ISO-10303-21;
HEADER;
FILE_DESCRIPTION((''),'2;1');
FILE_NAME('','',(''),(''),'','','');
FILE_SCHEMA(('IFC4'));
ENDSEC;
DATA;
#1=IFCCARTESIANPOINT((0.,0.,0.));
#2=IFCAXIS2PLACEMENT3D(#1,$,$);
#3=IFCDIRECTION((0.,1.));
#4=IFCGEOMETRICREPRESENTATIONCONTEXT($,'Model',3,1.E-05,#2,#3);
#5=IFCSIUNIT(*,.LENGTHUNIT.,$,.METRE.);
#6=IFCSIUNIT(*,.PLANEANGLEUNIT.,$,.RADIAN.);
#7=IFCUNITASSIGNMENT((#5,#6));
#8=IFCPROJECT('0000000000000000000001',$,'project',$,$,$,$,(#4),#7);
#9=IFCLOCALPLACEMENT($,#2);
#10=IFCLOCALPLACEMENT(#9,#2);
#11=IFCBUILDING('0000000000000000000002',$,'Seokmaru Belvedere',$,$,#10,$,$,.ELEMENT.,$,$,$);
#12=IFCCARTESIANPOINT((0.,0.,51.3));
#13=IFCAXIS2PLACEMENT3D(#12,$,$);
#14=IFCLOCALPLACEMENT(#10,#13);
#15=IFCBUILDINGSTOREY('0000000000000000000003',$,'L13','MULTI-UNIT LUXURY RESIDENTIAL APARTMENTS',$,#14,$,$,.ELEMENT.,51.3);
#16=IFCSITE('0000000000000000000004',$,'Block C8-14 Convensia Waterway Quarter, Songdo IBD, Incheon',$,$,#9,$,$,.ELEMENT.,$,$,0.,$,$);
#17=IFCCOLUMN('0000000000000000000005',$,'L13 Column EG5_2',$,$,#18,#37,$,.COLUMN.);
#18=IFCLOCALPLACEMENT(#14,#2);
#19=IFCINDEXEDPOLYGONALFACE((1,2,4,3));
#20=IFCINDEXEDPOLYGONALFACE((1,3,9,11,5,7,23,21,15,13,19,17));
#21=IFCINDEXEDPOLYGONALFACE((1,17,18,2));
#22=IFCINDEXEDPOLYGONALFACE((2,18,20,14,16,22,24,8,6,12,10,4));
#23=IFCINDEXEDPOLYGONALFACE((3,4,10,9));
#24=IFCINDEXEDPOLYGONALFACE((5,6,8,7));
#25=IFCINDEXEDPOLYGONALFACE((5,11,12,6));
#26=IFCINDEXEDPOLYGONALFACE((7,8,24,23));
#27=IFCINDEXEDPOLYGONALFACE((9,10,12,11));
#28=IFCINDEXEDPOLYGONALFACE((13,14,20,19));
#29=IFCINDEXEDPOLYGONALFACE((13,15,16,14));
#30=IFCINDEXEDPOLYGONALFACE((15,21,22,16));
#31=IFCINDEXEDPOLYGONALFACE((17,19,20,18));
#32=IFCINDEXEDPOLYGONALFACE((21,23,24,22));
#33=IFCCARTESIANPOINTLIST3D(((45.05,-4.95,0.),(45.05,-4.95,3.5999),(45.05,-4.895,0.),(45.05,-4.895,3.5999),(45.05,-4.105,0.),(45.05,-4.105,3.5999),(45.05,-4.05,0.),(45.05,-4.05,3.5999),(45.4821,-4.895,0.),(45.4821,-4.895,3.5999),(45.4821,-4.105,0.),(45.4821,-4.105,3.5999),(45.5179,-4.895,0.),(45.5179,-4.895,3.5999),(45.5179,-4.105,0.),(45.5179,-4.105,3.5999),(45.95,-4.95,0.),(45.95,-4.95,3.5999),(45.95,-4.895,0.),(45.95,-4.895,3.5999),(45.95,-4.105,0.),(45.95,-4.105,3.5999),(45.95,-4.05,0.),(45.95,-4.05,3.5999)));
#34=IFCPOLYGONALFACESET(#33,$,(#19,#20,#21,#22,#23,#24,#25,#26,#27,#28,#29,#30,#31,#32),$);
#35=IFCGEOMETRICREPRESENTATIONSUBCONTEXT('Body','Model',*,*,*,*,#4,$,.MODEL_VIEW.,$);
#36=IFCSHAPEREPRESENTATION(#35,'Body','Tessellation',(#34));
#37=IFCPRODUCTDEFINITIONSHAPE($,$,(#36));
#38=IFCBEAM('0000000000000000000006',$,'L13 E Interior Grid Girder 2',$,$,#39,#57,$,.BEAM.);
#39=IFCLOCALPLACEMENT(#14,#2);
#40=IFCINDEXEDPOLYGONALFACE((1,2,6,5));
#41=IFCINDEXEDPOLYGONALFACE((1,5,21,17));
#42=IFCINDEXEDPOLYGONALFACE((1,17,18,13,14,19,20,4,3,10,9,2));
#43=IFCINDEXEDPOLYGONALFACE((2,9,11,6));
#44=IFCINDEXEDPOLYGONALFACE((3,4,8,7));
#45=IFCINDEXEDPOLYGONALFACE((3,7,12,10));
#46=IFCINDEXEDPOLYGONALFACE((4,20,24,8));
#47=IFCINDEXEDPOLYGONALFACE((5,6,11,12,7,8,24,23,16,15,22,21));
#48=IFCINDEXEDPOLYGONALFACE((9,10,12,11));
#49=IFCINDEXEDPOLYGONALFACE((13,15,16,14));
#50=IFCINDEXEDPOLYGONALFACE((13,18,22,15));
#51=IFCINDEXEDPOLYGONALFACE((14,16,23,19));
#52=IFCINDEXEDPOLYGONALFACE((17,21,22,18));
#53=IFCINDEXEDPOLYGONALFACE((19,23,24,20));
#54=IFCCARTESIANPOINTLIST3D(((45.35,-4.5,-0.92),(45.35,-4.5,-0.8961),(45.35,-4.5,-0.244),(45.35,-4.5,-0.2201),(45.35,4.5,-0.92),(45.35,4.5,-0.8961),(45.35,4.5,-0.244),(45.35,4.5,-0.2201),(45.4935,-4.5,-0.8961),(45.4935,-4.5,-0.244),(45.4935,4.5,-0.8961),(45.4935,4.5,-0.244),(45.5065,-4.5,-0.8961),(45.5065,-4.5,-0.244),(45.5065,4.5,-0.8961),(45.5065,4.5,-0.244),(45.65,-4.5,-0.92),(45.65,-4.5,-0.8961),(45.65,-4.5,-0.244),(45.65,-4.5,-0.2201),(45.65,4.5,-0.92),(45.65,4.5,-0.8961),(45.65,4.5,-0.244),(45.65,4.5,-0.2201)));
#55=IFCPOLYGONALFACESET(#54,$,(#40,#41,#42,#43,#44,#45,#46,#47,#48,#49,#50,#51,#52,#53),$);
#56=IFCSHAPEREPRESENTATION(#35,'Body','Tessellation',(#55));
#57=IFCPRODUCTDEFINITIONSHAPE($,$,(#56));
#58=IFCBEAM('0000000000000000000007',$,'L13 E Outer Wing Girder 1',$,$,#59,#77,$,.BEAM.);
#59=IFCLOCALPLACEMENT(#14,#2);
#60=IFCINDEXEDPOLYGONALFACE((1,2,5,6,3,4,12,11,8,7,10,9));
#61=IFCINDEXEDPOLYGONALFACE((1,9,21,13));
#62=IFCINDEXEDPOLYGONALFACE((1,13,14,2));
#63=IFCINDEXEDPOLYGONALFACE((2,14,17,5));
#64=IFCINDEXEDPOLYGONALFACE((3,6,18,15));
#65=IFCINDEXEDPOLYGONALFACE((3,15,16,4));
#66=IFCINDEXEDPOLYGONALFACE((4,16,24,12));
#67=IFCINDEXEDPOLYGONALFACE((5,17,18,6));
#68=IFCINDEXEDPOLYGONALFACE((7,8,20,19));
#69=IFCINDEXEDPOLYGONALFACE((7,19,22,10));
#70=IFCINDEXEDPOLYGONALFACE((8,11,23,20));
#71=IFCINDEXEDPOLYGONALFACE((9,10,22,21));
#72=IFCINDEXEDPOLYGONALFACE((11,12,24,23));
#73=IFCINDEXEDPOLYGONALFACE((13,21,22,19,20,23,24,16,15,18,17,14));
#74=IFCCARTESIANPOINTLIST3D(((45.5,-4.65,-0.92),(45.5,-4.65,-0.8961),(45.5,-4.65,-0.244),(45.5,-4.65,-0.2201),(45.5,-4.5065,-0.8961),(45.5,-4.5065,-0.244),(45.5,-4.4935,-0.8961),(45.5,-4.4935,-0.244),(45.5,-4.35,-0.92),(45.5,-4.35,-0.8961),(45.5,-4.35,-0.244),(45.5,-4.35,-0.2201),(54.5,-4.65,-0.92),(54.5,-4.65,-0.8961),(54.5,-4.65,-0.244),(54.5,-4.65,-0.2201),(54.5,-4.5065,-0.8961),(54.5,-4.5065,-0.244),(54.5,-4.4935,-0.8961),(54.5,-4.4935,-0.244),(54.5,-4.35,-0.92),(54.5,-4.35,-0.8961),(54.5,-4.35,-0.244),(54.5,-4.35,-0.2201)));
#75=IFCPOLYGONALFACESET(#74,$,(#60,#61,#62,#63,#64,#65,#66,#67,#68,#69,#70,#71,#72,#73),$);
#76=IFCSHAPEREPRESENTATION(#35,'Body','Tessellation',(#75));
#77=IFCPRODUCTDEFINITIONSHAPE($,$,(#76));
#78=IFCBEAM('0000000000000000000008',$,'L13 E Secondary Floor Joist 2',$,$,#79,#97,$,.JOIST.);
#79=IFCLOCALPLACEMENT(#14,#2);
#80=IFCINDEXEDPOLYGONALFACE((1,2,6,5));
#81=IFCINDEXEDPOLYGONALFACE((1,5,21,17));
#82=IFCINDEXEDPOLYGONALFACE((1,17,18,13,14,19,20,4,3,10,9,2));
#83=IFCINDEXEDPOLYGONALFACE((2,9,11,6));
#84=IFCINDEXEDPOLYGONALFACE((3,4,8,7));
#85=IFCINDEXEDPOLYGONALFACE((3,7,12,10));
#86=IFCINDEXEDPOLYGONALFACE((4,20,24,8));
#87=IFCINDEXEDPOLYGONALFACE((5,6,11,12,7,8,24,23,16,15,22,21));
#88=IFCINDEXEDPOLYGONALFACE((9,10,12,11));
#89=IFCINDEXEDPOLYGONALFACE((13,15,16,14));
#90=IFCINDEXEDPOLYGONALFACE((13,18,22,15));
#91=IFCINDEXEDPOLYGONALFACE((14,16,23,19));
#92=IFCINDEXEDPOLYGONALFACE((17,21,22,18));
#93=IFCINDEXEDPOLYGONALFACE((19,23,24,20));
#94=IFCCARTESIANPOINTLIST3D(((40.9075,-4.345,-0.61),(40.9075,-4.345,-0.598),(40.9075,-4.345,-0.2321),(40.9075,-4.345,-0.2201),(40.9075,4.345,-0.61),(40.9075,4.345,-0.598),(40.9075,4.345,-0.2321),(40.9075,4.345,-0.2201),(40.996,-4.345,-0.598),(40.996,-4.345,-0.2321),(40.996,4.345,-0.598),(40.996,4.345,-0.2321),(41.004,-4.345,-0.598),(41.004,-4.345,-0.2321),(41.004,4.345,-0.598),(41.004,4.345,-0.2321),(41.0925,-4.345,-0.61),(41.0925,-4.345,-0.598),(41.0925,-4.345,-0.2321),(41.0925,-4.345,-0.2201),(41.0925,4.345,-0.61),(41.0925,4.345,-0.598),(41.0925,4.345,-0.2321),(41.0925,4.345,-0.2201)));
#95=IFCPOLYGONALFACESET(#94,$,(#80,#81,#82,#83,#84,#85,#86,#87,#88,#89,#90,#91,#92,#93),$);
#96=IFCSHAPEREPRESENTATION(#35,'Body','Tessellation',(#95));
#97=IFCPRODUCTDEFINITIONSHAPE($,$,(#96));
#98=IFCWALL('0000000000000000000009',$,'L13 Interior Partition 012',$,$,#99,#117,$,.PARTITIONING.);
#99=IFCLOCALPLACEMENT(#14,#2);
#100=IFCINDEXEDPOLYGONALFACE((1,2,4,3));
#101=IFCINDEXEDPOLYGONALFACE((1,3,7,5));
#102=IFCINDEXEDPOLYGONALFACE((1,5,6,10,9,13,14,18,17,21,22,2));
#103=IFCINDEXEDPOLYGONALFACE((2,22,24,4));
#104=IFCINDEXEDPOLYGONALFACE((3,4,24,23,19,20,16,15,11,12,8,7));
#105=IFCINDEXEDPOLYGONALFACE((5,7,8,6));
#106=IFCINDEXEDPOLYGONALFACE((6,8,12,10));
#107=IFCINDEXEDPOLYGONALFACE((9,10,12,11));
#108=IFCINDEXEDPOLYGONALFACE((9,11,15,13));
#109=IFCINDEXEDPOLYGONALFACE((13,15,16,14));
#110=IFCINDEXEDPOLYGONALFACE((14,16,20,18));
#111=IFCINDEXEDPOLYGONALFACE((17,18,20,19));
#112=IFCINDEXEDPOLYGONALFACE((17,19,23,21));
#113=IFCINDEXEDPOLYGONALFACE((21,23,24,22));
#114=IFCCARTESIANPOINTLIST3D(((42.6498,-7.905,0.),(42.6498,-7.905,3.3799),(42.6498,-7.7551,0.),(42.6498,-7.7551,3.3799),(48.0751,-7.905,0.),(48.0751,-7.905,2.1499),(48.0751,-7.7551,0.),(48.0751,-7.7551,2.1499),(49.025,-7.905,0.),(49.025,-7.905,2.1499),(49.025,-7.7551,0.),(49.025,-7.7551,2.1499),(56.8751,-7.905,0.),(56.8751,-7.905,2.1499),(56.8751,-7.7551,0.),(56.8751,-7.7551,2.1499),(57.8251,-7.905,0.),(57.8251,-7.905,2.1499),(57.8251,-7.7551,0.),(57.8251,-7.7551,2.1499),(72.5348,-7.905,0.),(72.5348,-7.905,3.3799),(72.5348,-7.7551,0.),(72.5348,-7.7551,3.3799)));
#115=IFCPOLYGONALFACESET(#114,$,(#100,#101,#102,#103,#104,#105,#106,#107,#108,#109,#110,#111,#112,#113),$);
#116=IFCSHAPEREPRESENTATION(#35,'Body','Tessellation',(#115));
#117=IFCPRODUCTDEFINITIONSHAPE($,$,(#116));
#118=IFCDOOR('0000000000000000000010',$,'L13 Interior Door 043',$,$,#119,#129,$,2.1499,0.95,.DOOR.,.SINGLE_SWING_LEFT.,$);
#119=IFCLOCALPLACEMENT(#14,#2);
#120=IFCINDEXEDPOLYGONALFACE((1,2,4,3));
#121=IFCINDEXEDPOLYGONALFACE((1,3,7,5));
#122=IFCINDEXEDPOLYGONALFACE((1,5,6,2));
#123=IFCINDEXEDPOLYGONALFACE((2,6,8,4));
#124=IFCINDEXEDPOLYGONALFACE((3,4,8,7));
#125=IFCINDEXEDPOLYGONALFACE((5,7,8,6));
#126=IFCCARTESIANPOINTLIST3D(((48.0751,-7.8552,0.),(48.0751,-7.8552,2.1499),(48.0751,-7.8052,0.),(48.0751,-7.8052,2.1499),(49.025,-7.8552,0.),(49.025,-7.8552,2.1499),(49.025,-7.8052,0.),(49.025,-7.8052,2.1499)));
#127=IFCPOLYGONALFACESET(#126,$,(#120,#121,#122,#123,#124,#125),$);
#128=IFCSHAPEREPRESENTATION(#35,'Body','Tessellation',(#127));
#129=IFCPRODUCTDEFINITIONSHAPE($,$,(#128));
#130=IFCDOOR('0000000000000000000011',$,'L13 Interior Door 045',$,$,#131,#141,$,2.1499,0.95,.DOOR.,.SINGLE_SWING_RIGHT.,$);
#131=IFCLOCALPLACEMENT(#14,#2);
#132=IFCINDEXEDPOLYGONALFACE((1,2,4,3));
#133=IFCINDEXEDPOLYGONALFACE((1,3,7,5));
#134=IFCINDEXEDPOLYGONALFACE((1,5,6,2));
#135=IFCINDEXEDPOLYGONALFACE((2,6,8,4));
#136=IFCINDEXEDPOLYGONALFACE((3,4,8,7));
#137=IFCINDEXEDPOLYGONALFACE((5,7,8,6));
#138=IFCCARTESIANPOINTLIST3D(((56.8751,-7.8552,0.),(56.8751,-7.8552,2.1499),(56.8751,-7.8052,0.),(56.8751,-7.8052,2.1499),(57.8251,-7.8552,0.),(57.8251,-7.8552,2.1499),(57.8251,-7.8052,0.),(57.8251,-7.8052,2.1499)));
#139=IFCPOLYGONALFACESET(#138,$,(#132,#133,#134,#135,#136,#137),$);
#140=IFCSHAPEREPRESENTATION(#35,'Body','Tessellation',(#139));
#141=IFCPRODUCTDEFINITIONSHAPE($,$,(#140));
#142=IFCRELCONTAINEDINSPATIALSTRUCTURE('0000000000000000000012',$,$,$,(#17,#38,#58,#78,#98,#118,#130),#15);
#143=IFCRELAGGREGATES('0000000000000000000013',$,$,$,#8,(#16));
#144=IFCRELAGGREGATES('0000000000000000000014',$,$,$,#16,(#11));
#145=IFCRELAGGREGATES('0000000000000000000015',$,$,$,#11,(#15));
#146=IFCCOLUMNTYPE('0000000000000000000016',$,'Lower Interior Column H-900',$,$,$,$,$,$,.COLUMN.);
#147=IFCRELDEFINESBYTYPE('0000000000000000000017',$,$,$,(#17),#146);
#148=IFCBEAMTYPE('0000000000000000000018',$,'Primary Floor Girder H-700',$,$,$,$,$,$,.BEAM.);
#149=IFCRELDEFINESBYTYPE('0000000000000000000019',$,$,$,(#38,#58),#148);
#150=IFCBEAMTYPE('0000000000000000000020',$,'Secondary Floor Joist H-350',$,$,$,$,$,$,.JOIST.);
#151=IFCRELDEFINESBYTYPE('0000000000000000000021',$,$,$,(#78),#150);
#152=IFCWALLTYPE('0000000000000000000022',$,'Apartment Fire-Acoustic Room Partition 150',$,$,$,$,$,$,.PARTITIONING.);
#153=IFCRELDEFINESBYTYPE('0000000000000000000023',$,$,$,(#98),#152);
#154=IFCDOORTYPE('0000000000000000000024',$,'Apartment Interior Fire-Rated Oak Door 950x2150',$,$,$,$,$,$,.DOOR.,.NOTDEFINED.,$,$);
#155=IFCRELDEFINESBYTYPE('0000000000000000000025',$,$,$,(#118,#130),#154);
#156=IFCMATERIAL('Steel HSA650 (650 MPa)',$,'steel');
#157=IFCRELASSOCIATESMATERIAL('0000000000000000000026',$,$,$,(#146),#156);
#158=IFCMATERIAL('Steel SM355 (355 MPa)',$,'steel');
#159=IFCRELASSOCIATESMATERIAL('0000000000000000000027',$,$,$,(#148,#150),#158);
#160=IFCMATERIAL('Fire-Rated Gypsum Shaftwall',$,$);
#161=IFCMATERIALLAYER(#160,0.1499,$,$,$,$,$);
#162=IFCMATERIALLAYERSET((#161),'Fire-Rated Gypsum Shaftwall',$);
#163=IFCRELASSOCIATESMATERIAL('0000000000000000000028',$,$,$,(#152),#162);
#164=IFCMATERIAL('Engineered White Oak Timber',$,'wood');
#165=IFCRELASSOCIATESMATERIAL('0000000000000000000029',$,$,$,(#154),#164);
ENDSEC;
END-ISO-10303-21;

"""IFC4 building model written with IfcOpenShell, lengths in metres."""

from ifc_helpers import new_model, si_unit, direction, frame, frame_2d, origin, origin_2d, place, context, subcontext, project, spatial, rectangle, i_section, extrude, source, transform, mapped, material, layer, layer_set, material_profile, profile_set, type_object, type_shapes, element, fill, save


model = new_model("IFC4")

# Units and contexts
model_context = context("Model", 3, precision=1e-05, world=origin(), true_north=direction((0.0, 1.0)))
body_context = subcontext(model_context, "Body", "Model", "MODEL_VIEW")
ifc_project = project(units=[si_unit("LENGTHUNIT", "METRE"), si_unit("PLANEANGLEUNIT", "RADIAN")], contexts=[model_context])

# Site, building, storey
site_placement = place(None, origin())
site = spatial("IfcSite", under=ifc_project, at=site_placement, Name="Block C8-14 Convensia Waterway Quarter, Songdo IBD, Incheon", CompositionType="ELEMENT", RefElevation=0.0)
building_placement = place(site_placement, origin())
building = spatial("IfcBuilding", under=site, at=building_placement, Name="Seokmaru Belvedere", CompositionType="ELEMENT")
storey_placement = place(building_placement, frame((0.0, 0.0, 51.3)))
storey = spatial("IfcBuildingStorey", under=building, at=storey_placement, Name="L13", Description="MULTI-UNIT LUXURY RESIDENTIAL APARTMENTS", CompositionType="ELEMENT", Elevation=51.3)

# Column
ifc_material_1 = material(Name="Steel HSA650 (650 MPa)", Category="steel")
ifc_material_profile_1 = material_profile(ifc_material_1, i_section(OverallWidth=0.8999, OverallDepth=0.8999, WebThickness=0.0359, FlangeThickness=0.0549, at=origin_2d()), Name="H-900x900x36x55")
ifc_profile_set_1 = profile_set([ifc_material_profile_1], Name="Steel HSA650 (650 MPa)")
column_type = type_object("IfcColumnType", Name="Lower Interior Column H-900", PredefinedType="COLUMN", material=ifc_profile_set_1)
shared_shape_1 = source(origin(), body_context, "Body", "SweptSolid", [
    extrude(i_section(OverallWidth=0.8999, OverallDepth=0.8999, WebThickness=0.0359, FlangeThickness=0.0549, at=origin_2d()), origin(), (0.0, 0.0, 1.0), 3.5999),
])
type_shapes(column_type, [shared_shape_1])
column_placement = place(storey_placement, frame((45.5, -4.5, 0.0), z_axis=(0.0, 0.0, 1.0), x_axis=(1.0, 0.0, 0.0)))
element("IfcColumn", 1, at=column_placement, inside=storey, type_object=column_type, Name="L13 Column EG5_2", PredefinedType="COLUMN", context=body_context, shape_type="MappedRepresentation", body=[
    mapped(shared_shape_1, transform((0.0, 0.0, 0.0), scale=1.0)),
])

# Beams
ifc_material_2 = material(Name="Steel SM355 (355 MPa)", Category="steel")
ifc_material_profile_2 = material_profile(ifc_material_2, i_section(OverallWidth=0.3, OverallDepth=0.7, WebThickness=0.0129, FlangeThickness=0.0239, at=origin_2d()), Name="H-700x300x13x24")
ifc_profile_set_2 = profile_set([ifc_material_profile_2], Name="Steel SM355 (355 MPa)")
beam_type_1 = type_object("IfcBeamType", Name="Primary Floor Girder H-700", PredefinedType="BEAM", material=ifc_profile_set_2)
shared_shape_2 = source(origin(), body_context, "Body", "SweptSolid", [
    extrude(i_section(OverallWidth=0.3, OverallDepth=0.7, WebThickness=0.0129, FlangeThickness=0.0239, at=origin_2d()), origin(), (0.0, 0.0, 1.0), 9.0),
])
type_shapes(beam_type_1, [shared_shape_2])
for number, where, z_axis, x_axis, name in (
    (2, (45.5, -4.5, -0.5701), (0.0, 1.0, 0.0), (-1.0, 0.0, 0.0), "L13 E Interior Grid Girder 2"),
    (3, (45.5, -4.5, -0.5701), (1.0, 0.0, 0.0), (0.0, 1.0, 0.0), "L13 E Outer Wing Girder 1"),
):
    element("IfcBeam", number, at=place(storey_placement, frame(where, z_axis=z_axis, x_axis=x_axis)), inside=storey, type_object=beam_type_1, Name=name, PredefinedType="BEAM", context=body_context, shape_type="MappedRepresentation", body=[
        mapped(shared_shape_2, transform((0.0, 0.0, 0.0), scale=1.0)),
    ])
ifc_material_profile_3 = material_profile(ifc_material_2, i_section(OverallWidth=0.1851, OverallDepth=0.3899, WebThickness=0.0081, FlangeThickness=0.012, at=origin_2d()), Name="H-390x185x8x12")
ifc_profile_set_3 = profile_set([ifc_material_profile_3], Name="Steel SM355 (355 MPa)")
beam_type_2 = type_object("IfcBeamType", Name="Secondary Floor Joist H-350", PredefinedType="JOIST", material=ifc_profile_set_3)
shared_shape_3 = source(origin(), body_context, "Body", "SweptSolid", [
    extrude(i_section(OverallWidth=0.1851, OverallDepth=0.3899, WebThickness=0.0081, FlangeThickness=0.012, at=origin_2d()), origin(), (0.0, 0.0, 1.0), 8.6899),
])
type_shapes(beam_type_2, [shared_shape_3])
beam_placement = place(storey_placement, frame((41.0, -4.345, -0.415), z_axis=(0.0, 1.0, 0.0), x_axis=(-1.0, 0.0, 0.0)))
element("IfcBeam", 4, at=beam_placement, inside=storey, type_object=beam_type_2, Name="L13 E Secondary Floor Joist 2", PredefinedType="JOIST", context=body_context, shape_type="MappedRepresentation", body=[
    mapped(shared_shape_3, transform((0.0, 0.0, 0.0), scale=1.0)),
])

# Wall, openings, doors
ifc_material_3 = material(Name="Fire-Rated Gypsum Shaftwall")
ifc_layer_1 = layer(ifc_material_3, 0.1499)
ifc_layer_set_1 = layer_set([ifc_layer_1], Name="Fire-Rated Gypsum Shaftwall")
wall_type_1 = type_object("IfcWallType", Name="Apartment Fire-Acoustic Room Partition 150", PredefinedType="PARTITIONING", material=ifc_layer_set_1)
wall_1_placement = place(storey_placement, frame((42.6499, -7.8301, 0.0), z_axis=(0.0, 0.0, 1.0), x_axis=(1.0, 0.0, 0.0)))
wall_1 = element("IfcWall", 5, at=wall_1_placement, inside=storey, type_object=wall_type_1, Name="L13 Interior Partition 012", PredefinedType="PARTITIONING", context=body_context, shape_type="SweptSolid", body=[
    extrude(rectangle(XDim=29.885, YDim=0.1499, at=frame_2d((14.9424, 0.0))), origin(), (0.0, 0.0, 1.0), 3.3799),
])
opening_1_placement = place(wall_1_placement, frame((5.425, 0.0, 0.0)))
opening_1 = element("IfcOpeningElement", 6, at=opening_1_placement, cuts=wall_1, PredefinedType="OPENING", context=body_context, shape_type="SweptSolid", body=[
    extrude(rectangle(XDim=0.95, YDim=2.1499, at=frame_2d((0.4751, 1.075))), frame((0.0, 0.085, 0.0), z_axis=(0.0, -1.0, 0.0), x_axis=(1.0, 0.0, 0.0)), (0.0, 0.0, 1.0), 0.1699),
])
opening_2_placement = place(wall_1_placement, frame((14.2251, 0.0, 0.0)))
opening_2 = element("IfcOpeningElement", 7, at=opening_2_placement, cuts=wall_1, PredefinedType="OPENING", context=body_context, shape_type="SweptSolid", body=[
    extrude(rectangle(XDim=0.95, YDim=2.1499, at=frame_2d((0.4751, 1.075))), frame((0.0, 0.085, 0.0), z_axis=(0.0, -1.0, 0.0), x_axis=(1.0, 0.0, 0.0)), (0.0, 0.0, 1.0), 0.1699),
])
ifc_material_4 = material(Name="Engineered White Oak Timber", Category="wood")
door_type_1 = type_object("IfcDoorType", Name="Apartment Interior Fire-Rated Oak Door 950x2150", OperationType="NOTDEFINED", PredefinedType="DOOR", material=ifc_material_4)
shared_shape_4 = source(origin(), body_context, "Body", "SweptSolid", [
    extrude(rectangle(XDim=0.95, YDim=2.1499, at=frame_2d((0.4751, 1.075))), frame((0.0, 0.0249, 0.0), z_axis=(0.0, -1.0, 0.0), x_axis=(1.0, 0.0, 0.0)), (0.0, 0.0, 1.0), 0.05),
])
type_shapes(door_type_1, [shared_shape_4])
door_1_placement = place(opening_1_placement, origin())
door_1 = element("IfcDoor", 8, at=door_1_placement, inside=storey, type_object=door_type_1, Name="L13 Interior Door 043", OperationType="SINGLE_SWING_LEFT", OverallHeight=2.1499, OverallWidth=0.95, PredefinedType="DOOR", context=body_context, shape_type="MappedRepresentation", body=[
    mapped(shared_shape_4, transform((0.0, 0.0, 0.0), scale=1.0)),
])
fill(opening_1, door_1)
door_2_placement = place(opening_2_placement, origin())
door_2 = element("IfcDoor", 9, at=door_2_placement, inside=storey, type_object=door_type_1, Name="L13 Interior Door 045", OperationType="SINGLE_SWING_RIGHT", OverallHeight=2.1499, OverallWidth=0.95, PredefinedType="DOOR", context=body_context, shape_type="MappedRepresentation", body=[
    mapped(shared_shape_4, transform((0.0, 0.0, 0.0), scale=1.0)),
])
fill(opening_2, door_2)

save(model, "model.ifc")
